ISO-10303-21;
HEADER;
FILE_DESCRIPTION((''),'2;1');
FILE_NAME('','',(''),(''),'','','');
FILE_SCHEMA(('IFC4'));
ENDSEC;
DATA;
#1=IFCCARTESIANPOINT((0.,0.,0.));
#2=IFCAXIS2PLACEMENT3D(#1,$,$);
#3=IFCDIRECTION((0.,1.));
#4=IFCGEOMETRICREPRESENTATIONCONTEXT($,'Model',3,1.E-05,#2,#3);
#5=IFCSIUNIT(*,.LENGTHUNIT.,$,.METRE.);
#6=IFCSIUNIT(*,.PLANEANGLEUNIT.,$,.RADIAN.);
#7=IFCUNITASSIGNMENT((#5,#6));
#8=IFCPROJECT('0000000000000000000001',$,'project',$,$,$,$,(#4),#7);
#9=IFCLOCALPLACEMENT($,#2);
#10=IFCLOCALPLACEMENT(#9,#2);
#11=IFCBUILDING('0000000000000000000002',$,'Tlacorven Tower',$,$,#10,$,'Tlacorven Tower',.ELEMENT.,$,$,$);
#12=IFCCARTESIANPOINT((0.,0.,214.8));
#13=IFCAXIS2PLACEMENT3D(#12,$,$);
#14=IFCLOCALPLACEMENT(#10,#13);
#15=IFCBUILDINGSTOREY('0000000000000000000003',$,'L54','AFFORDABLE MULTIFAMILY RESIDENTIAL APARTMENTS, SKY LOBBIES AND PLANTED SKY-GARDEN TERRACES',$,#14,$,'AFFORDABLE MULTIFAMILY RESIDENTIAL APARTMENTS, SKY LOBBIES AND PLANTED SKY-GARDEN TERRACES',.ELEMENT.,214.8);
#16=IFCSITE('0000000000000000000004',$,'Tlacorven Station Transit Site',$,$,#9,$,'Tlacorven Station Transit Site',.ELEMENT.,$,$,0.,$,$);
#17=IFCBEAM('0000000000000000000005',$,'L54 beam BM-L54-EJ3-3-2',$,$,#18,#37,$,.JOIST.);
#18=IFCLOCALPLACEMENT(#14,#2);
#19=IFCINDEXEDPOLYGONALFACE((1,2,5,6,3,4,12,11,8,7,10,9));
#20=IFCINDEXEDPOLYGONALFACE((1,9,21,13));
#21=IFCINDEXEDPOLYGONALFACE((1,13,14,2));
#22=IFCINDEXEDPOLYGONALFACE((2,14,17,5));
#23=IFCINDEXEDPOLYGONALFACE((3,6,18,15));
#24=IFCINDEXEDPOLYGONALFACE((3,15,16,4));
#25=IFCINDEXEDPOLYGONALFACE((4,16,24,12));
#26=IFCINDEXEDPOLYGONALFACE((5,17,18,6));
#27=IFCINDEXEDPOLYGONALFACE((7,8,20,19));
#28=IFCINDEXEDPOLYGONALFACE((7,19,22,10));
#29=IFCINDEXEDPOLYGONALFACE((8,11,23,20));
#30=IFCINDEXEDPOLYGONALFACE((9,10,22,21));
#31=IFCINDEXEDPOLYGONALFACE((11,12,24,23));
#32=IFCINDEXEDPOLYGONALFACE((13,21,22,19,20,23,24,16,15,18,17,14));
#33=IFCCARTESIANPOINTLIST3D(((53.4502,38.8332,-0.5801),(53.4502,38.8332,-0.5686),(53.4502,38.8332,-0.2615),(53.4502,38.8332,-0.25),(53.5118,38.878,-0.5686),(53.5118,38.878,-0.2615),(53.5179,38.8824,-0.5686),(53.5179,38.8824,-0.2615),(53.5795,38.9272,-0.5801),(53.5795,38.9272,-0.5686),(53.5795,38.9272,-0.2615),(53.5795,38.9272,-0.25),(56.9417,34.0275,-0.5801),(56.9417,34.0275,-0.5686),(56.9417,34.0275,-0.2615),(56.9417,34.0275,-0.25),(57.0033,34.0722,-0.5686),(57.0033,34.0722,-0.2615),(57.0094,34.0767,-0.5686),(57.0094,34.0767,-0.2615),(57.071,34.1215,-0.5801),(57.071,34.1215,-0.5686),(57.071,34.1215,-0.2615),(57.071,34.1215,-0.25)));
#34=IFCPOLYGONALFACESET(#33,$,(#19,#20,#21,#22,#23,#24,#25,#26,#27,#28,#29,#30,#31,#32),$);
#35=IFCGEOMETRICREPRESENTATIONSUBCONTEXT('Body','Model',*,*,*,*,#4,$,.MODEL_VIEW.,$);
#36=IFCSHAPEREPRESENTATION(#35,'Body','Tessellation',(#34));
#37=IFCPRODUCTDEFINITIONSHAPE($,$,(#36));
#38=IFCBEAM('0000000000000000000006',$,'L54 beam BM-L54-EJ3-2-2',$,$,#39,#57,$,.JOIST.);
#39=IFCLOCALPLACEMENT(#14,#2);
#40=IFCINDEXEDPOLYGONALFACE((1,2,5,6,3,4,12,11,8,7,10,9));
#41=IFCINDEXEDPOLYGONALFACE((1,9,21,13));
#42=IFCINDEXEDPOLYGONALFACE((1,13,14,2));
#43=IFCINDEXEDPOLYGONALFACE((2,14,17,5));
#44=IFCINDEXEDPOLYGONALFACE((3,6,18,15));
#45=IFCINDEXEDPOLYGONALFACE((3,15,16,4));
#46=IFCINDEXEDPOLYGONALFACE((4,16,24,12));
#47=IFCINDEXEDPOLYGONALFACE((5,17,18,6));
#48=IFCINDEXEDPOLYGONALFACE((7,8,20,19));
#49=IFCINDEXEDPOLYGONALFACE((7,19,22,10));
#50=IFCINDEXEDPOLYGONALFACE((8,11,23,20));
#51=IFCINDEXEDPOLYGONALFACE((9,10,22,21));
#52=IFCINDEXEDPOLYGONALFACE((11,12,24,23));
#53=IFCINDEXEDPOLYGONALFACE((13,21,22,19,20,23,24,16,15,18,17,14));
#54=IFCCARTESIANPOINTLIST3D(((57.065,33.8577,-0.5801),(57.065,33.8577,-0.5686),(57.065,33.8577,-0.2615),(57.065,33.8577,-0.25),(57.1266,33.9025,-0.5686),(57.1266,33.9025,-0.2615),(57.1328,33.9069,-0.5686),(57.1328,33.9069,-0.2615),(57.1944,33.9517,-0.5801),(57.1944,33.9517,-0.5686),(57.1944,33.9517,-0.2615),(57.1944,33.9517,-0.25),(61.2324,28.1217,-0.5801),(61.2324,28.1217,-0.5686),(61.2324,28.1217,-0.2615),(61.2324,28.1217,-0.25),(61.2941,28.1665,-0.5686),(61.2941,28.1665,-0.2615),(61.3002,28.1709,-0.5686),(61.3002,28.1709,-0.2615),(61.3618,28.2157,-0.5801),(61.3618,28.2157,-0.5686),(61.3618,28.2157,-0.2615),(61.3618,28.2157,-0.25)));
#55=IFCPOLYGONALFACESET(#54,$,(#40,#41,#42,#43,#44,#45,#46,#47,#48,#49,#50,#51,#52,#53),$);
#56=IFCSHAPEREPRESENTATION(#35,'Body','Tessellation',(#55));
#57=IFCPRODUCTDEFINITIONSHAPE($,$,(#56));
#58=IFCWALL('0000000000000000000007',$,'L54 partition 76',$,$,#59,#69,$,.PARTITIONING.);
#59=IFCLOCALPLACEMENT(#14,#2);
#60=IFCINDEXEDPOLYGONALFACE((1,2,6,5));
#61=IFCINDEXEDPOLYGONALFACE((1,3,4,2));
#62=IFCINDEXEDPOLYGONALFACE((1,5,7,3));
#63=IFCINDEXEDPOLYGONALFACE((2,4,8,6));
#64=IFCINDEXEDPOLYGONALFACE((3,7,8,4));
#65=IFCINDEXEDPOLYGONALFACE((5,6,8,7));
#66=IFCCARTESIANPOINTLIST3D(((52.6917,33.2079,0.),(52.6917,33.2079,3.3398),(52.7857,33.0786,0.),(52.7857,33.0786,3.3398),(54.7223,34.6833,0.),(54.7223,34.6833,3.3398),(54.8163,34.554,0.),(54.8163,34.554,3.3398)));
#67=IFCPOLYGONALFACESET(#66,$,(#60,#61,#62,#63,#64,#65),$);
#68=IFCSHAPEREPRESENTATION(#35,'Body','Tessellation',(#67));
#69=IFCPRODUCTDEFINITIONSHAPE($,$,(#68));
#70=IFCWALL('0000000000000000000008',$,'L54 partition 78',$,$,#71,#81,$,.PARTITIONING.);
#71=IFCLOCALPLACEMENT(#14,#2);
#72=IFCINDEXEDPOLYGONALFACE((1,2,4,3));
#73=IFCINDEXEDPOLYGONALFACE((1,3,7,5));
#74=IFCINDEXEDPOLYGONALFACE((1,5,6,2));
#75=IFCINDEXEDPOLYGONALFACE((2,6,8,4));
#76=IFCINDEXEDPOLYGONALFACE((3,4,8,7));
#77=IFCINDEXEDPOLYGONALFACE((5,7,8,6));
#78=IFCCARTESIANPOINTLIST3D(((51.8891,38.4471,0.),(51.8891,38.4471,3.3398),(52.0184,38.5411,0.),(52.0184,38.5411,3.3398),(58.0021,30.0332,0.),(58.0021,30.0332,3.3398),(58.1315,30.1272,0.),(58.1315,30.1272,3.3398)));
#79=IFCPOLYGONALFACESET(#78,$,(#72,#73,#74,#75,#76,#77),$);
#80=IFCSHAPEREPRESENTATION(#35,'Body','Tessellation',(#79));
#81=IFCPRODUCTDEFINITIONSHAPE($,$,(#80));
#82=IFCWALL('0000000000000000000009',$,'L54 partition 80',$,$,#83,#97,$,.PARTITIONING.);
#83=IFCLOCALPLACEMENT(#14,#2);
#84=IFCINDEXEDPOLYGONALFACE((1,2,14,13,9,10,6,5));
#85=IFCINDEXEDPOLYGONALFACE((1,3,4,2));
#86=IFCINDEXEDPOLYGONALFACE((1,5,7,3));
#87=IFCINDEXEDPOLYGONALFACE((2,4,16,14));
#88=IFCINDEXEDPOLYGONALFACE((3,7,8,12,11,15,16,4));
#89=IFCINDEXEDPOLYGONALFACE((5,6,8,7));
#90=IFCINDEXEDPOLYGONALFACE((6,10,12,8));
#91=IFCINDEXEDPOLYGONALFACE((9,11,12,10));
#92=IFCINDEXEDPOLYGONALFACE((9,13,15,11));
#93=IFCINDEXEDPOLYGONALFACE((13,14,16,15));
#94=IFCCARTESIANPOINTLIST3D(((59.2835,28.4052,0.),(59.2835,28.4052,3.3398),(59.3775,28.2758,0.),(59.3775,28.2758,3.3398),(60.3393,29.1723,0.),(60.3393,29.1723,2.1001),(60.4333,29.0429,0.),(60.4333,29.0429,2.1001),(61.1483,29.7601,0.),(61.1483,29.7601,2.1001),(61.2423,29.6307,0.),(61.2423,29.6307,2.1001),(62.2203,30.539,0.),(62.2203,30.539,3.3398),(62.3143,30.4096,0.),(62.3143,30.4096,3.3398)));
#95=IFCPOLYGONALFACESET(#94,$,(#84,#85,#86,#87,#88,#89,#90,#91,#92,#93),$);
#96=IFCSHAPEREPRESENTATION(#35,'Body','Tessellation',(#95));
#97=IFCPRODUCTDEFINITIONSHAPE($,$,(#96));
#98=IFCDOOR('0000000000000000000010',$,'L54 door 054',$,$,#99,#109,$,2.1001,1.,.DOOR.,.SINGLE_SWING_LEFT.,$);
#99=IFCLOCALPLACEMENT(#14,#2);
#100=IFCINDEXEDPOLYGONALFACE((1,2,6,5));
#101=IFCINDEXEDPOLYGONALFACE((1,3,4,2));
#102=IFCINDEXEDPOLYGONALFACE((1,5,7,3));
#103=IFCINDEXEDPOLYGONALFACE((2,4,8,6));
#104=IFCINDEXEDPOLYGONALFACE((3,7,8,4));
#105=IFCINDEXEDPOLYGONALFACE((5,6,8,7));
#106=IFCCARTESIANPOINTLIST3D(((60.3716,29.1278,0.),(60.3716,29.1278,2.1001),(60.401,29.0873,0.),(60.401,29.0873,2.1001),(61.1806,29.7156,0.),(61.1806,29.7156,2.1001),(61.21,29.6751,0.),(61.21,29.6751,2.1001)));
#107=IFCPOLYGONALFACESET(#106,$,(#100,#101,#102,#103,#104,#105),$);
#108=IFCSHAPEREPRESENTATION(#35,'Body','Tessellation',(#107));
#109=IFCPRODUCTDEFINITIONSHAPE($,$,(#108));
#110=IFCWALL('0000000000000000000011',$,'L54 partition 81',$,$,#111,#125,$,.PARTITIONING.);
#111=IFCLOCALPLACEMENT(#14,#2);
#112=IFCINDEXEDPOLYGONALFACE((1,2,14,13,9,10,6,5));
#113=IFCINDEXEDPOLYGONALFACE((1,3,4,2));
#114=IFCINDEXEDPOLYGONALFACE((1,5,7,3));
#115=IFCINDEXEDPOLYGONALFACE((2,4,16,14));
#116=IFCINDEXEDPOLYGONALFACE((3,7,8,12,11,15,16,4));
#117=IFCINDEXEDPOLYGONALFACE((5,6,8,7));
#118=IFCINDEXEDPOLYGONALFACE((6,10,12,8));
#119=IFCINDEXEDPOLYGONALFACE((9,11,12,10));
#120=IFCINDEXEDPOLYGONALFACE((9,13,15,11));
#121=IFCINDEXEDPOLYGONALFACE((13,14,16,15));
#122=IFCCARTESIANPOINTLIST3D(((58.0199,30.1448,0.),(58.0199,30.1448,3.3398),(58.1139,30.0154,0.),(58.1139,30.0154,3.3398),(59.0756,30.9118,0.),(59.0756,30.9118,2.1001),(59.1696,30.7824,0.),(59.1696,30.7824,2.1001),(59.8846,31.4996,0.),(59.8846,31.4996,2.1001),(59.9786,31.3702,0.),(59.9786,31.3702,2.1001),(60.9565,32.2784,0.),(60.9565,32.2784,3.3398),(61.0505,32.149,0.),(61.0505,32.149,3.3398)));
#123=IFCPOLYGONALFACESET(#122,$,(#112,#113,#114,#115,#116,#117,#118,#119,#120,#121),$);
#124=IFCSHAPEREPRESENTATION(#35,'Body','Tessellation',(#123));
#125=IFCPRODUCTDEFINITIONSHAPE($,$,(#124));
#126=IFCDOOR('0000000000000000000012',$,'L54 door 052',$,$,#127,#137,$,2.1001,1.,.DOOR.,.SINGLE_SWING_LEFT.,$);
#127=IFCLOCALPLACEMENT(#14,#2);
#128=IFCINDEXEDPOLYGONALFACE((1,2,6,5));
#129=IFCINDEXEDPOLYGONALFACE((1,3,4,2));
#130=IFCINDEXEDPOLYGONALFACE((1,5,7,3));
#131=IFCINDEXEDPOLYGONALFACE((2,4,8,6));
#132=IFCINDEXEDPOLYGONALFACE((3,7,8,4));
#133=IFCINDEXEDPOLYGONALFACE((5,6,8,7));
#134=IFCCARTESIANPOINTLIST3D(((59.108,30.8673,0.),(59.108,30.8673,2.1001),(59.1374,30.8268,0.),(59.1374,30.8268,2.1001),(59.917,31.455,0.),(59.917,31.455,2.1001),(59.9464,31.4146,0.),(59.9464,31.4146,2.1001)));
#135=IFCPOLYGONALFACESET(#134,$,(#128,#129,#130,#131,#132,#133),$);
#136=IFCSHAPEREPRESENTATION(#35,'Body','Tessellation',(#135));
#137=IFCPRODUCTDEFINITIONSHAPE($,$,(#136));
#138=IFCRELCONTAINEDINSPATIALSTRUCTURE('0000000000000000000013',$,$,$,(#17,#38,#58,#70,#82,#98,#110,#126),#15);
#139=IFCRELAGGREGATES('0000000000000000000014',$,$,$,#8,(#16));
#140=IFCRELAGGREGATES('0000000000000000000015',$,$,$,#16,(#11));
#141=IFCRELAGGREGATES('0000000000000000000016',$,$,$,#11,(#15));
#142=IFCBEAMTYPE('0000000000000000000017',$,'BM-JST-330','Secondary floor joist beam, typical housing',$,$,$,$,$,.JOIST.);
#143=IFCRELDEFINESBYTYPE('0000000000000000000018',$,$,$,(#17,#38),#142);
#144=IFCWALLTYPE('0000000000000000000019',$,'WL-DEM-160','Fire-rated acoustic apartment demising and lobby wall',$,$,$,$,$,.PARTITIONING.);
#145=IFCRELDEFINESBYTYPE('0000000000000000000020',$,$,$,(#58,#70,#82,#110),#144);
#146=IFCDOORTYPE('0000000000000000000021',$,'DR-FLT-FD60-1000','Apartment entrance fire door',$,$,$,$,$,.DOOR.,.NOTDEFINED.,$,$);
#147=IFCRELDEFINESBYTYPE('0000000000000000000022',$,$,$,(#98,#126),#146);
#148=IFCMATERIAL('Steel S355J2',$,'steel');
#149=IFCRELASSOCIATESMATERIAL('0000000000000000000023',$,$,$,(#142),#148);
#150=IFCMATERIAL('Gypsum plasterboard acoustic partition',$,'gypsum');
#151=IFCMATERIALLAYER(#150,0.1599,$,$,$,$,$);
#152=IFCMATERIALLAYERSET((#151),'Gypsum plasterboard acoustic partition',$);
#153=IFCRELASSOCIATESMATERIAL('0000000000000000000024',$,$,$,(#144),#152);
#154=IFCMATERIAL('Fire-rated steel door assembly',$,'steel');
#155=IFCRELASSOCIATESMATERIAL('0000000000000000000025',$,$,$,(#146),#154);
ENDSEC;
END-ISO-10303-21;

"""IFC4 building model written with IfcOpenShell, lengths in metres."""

from ifc_helpers import new_model, si_unit, direction, frame, frame_2d, origin, origin_2d, place, context, subcontext, project, spatial, rectangle, i_section, extrude, source, transform, mapped, material, layer, layer_set, material_profile, profile_set, type_object, element, fill, save


model = new_model("IFC4")

# Units and contexts
model_context = context("Model", 3, precision=1e-05, world=origin(), true_north=direction((0.0, 1.0)))
body_context = subcontext(model_context, "Body", "Model", "MODEL_VIEW")
ifc_project = project(units=[si_unit("LENGTHUNIT", "METRE"), si_unit("PLANEANGLEUNIT", "RADIAN")], contexts=[model_context])

# Site, building, storey
site_placement = place(None, origin())
site = spatial("IfcSite", under=ifc_project, at=site_placement, Name="Tlacorven Station Transit Site", LongName="Tlacorven Station Transit Site", CompositionType="ELEMENT", RefElevation=0.0)
building_placement = place(site_placement, origin())
building = spatial("IfcBuilding", under=site, at=building_placement, Name="Tlacorven Tower", LongName="Tlacorven Tower", CompositionType="ELEMENT")
storey_placement = place(building_placement, frame((0.0, 0.0, 214.8)))
storey = spatial("IfcBuildingStorey", under=building, at=storey_placement, Name="L54", Description="AFFORDABLE MULTIFAMILY RESIDENTIAL APARTMENTS, SKY LOBBIES AND PLANTED SKY-GARDEN TERRACES", LongName="AFFORDABLE MULTIFAMILY RESIDENTIAL APARTMENTS, SKY LOBBIES AND PLANTED SKY-GARDEN TERRACES", CompositionType="ELEMENT", Elevation=214.8)

# Beams
ifc_material_1 = material(Name="Steel S355J2", Category="steel")
ifc_material_profile_1 = material_profile(ifc_material_1, i_section(OverallWidth=0.1599, OverallDepth=0.3301, WebThickness=0.0076, FlangeThickness=0.0115, at=origin_2d()), Name="IPE 330")
ifc_profile_set_1 = profile_set([ifc_material_profile_1], Name="Steel S355J2")
beam_type_1 = type_object("IfcBeamType", Name="BM-JST-330", Description="Secondary floor joist beam, typical housing", PredefinedType="JOIST", material=ifc_profile_set_1)
shared_shape_1 = source(origin(), body_context, "Body", "SweptSolid", [
    extrude(i_section(OverallWidth=0.1599, OverallDepth=0.3301, WebThickness=0.0076, FlangeThickness=0.0115, at=origin_2d()), origin(), (0.0, 0.0, 1.0), 5.9402),
])
for number, where, z_axis, x_axis, name in (
    (1, (57.0063, 34.0745, -0.415), (-0.587778, 0.809022, 0.0), (-0.809022, -0.587778, 0.0), "L54 beam BM-L54-EJ3-3-2"),
):
    element("IfcBeam", number, at=place(storey_placement, frame(where, z_axis=z_axis, x_axis=x_axis)), inside=storey, type_object=beam_type_1, Name=name, PredefinedType="JOIST", context=body_context, shape_type="MappedRepresentation", body=[
        mapped(shared_shape_1, transform((0.0, 0.0, 0.0), scale=1.0)),
    ])
shared_shape_2 = source(origin(), body_context, "Body", "SweptSolid", [
    extrude(i_section(OverallWidth=0.1599, OverallDepth=0.3301, WebThickness=0.0076, FlangeThickness=0.0115, at=origin_2d()), origin(), (0.0, 0.0, 1.0), 7.0901),
])
beam_1_placement = place(storey_placement, frame((61.2971, 28.1687, -0.415), z_axis=(-0.587783, 0.809019, 0.0), x_axis=(-0.809019, -0.587783, 0.0)))
element("IfcBeam", 2, at=beam_1_placement, inside=storey, type_object=beam_type_1, Name="L54 beam BM-L54-EJ3-2-2", PredefinedType="JOIST", context=body_context, shape_type="MappedRepresentation", body=[
    mapped(shared_shape_2, transform((0.0, 0.0, 0.0), scale=1.0)),
])

# Walls
ifc_material_2 = material(Name="Gypsum plasterboard acoustic partition", Category="gypsum")
ifc_layer_1 = layer(ifc_material_2, 0.1599)
ifc_layer_set_1 = layer_set([ifc_layer_1], Name="Gypsum plasterboard acoustic partition")
wall_type_1 = type_object("IfcWallType", Name="WL-DEM-160", Description="Fire-rated acoustic apartment demising and lobby wall", PredefinedType="PARTITIONING", material=ifc_layer_set_1)
wall_1_placement = place(storey_placement, frame((52.7388, 33.1433, 0.0), z_axis=(0.0, 0.0, 1.0), x_axis=(0.809001, 0.587807, 0.0)))
element("IfcWall", 3, at=wall_1_placement, inside=storey, type_object=wall_type_1, Name="L54 partition 76", PredefinedType="PARTITIONING", context=body_context, shape_type="SweptSolid", body=[
    extrude(rectangle(XDim=2.51, YDim=0.1599, at=frame_2d((1.2549, 0.0))), origin(), (0.0, 0.0, 1.0), 3.3398),
])
wall_2_placement = place(storey_placement, frame((58.0669, 30.0801, 0.0), z_axis=(0.0, 0.0, 1.0), x_axis=(-0.587788, 0.809015, 0.0)))
element("IfcWall", 4, at=wall_2_placement, inside=storey, type_object=wall_type_1, Name="L54 partition 78", PredefinedType="PARTITIONING", context=body_context, shape_type="SweptSolid", body=[
    extrude(rectangle(XDim=10.4001, YDim=0.1599, at=frame_2d((5.2002, 0.0))), origin(), (0.0, 0.0, 1.0), 3.3398),
])

# Walls, openings, doors
wall_3_placement = place(storey_placement, frame((59.3306, 28.3406, 0.0), z_axis=(0.0, 0.0, 1.0), x_axis=(0.809004, 0.587804, 0.0)))
wall_3 = element("IfcWall", 5, at=wall_3_placement, inside=storey, type_object=wall_type_1, Name="L54 partition 80", PredefinedType="PARTITIONING", context=body_context, shape_type="SweptSolid", body=[
    extrude(rectangle(XDim=3.6301, YDim=0.1599, at=frame_2d((1.8149, 0.0))), origin(), (0.0, 0.0, 1.0), 3.3398),
])
opening_1_placement = place(wall_3_placement, frame((1.3049, 0.0, 0.0)))
opening_1 = element("IfcOpeningElement", 6, at=opening_1_placement, cuts=wall_3, PredefinedType="OPENING", context=body_context, shape_type="SweptSolid", body=[
    extrude(rectangle(XDim=1.0, YDim=2.1001, at=frame_2d((0.5, 1.05))), frame((0.0, 0.0898, 0.0), z_axis=(0.0, -1.0, 0.0), x_axis=(1.0, 0.0, 0.0)), (0.0, 0.0, 1.0), 0.1799),
])
ifc_material_3 = material(Name="Fire-rated steel door assembly", Category="steel")
door_type_1 = type_object("IfcDoorType", Name="DR-FLT-FD60-1000", Description="Apartment entrance fire door", OperationType="NOTDEFINED", PredefinedType="DOOR", material=ifc_material_3)
shared_shape_3 = source(origin(), body_context, "Body", "SweptSolid", [
    extrude(rectangle(XDim=1.0, YDim=2.1001, at=frame_2d((0.5, 1.05))), frame((0.0, 0.0249, 0.0), z_axis=(0.0, -1.0, 0.0), x_axis=(1.0, 0.0, 0.0)), (0.0, 0.0, 1.0), 0.05),
])
door_1_placement = place(opening_1_placement, origin())
door_1 = element("IfcDoor", 7, at=door_1_placement, inside=storey, type_object=door_type_1, Name="L54 door 054", OperationType="SINGLE_SWING_LEFT", OverallHeight=2.1001, OverallWidth=1.0, PredefinedType="DOOR", context=body_context, shape_type="MappedRepresentation", body=[
    mapped(shared_shape_3, transform((0.0, 0.0, 0.0), scale=1.0)),
])
fill(opening_1, door_1)
wall_4_placement = place(storey_placement, frame((58.0669, 30.0801, 0.0), z_axis=(0.0, 0.0, 1.0), x_axis=(0.809012, 0.587792, 0.0)))
wall_4 = element("IfcWall", 8, at=wall_4_placement, inside=storey, type_object=wall_type_1, Name="L54 partition 81", PredefinedType="PARTITIONING", context=body_context, shape_type="SweptSolid", body=[
    extrude(rectangle(XDim=3.6299, YDim=0.1599, at=frame_2d((1.8149, 0.0))), origin(), (0.0, 0.0, 1.0), 3.3398),
])
opening_2_placement = place(wall_4_placement, frame((1.3049, 0.0, 0.0)))
opening_2 = element("IfcOpeningElement", 9, at=opening_2_placement, cuts=wall_4, PredefinedType="OPENING", context=body_context, shape_type="SweptSolid", body=[
    extrude(rectangle(XDim=1.0, YDim=2.1001, at=frame_2d((0.5, 1.05))), frame((0.0, 0.0898, 0.0), z_axis=(0.0, -1.0, 0.0), x_axis=(1.0, 0.0, 0.0)), (0.0, 0.0, 1.0), 0.1799),
])
door_2_placement = place(opening_2_placement, origin())
door_2 = element("IfcDoor", 10, at=door_2_placement, inside=storey, type_object=door_type_1, Name="L54 door 052", OperationType="SINGLE_SWING_LEFT", OverallHeight=2.1001, OverallWidth=1.0, PredefinedType="DOOR", context=body_context, shape_type="MappedRepresentation", body=[
    mapped(shared_shape_3, transform((0.0, 0.0, 0.0), scale=1.0)),
])
fill(opening_2, door_2)

save(model, "model.ifc")
